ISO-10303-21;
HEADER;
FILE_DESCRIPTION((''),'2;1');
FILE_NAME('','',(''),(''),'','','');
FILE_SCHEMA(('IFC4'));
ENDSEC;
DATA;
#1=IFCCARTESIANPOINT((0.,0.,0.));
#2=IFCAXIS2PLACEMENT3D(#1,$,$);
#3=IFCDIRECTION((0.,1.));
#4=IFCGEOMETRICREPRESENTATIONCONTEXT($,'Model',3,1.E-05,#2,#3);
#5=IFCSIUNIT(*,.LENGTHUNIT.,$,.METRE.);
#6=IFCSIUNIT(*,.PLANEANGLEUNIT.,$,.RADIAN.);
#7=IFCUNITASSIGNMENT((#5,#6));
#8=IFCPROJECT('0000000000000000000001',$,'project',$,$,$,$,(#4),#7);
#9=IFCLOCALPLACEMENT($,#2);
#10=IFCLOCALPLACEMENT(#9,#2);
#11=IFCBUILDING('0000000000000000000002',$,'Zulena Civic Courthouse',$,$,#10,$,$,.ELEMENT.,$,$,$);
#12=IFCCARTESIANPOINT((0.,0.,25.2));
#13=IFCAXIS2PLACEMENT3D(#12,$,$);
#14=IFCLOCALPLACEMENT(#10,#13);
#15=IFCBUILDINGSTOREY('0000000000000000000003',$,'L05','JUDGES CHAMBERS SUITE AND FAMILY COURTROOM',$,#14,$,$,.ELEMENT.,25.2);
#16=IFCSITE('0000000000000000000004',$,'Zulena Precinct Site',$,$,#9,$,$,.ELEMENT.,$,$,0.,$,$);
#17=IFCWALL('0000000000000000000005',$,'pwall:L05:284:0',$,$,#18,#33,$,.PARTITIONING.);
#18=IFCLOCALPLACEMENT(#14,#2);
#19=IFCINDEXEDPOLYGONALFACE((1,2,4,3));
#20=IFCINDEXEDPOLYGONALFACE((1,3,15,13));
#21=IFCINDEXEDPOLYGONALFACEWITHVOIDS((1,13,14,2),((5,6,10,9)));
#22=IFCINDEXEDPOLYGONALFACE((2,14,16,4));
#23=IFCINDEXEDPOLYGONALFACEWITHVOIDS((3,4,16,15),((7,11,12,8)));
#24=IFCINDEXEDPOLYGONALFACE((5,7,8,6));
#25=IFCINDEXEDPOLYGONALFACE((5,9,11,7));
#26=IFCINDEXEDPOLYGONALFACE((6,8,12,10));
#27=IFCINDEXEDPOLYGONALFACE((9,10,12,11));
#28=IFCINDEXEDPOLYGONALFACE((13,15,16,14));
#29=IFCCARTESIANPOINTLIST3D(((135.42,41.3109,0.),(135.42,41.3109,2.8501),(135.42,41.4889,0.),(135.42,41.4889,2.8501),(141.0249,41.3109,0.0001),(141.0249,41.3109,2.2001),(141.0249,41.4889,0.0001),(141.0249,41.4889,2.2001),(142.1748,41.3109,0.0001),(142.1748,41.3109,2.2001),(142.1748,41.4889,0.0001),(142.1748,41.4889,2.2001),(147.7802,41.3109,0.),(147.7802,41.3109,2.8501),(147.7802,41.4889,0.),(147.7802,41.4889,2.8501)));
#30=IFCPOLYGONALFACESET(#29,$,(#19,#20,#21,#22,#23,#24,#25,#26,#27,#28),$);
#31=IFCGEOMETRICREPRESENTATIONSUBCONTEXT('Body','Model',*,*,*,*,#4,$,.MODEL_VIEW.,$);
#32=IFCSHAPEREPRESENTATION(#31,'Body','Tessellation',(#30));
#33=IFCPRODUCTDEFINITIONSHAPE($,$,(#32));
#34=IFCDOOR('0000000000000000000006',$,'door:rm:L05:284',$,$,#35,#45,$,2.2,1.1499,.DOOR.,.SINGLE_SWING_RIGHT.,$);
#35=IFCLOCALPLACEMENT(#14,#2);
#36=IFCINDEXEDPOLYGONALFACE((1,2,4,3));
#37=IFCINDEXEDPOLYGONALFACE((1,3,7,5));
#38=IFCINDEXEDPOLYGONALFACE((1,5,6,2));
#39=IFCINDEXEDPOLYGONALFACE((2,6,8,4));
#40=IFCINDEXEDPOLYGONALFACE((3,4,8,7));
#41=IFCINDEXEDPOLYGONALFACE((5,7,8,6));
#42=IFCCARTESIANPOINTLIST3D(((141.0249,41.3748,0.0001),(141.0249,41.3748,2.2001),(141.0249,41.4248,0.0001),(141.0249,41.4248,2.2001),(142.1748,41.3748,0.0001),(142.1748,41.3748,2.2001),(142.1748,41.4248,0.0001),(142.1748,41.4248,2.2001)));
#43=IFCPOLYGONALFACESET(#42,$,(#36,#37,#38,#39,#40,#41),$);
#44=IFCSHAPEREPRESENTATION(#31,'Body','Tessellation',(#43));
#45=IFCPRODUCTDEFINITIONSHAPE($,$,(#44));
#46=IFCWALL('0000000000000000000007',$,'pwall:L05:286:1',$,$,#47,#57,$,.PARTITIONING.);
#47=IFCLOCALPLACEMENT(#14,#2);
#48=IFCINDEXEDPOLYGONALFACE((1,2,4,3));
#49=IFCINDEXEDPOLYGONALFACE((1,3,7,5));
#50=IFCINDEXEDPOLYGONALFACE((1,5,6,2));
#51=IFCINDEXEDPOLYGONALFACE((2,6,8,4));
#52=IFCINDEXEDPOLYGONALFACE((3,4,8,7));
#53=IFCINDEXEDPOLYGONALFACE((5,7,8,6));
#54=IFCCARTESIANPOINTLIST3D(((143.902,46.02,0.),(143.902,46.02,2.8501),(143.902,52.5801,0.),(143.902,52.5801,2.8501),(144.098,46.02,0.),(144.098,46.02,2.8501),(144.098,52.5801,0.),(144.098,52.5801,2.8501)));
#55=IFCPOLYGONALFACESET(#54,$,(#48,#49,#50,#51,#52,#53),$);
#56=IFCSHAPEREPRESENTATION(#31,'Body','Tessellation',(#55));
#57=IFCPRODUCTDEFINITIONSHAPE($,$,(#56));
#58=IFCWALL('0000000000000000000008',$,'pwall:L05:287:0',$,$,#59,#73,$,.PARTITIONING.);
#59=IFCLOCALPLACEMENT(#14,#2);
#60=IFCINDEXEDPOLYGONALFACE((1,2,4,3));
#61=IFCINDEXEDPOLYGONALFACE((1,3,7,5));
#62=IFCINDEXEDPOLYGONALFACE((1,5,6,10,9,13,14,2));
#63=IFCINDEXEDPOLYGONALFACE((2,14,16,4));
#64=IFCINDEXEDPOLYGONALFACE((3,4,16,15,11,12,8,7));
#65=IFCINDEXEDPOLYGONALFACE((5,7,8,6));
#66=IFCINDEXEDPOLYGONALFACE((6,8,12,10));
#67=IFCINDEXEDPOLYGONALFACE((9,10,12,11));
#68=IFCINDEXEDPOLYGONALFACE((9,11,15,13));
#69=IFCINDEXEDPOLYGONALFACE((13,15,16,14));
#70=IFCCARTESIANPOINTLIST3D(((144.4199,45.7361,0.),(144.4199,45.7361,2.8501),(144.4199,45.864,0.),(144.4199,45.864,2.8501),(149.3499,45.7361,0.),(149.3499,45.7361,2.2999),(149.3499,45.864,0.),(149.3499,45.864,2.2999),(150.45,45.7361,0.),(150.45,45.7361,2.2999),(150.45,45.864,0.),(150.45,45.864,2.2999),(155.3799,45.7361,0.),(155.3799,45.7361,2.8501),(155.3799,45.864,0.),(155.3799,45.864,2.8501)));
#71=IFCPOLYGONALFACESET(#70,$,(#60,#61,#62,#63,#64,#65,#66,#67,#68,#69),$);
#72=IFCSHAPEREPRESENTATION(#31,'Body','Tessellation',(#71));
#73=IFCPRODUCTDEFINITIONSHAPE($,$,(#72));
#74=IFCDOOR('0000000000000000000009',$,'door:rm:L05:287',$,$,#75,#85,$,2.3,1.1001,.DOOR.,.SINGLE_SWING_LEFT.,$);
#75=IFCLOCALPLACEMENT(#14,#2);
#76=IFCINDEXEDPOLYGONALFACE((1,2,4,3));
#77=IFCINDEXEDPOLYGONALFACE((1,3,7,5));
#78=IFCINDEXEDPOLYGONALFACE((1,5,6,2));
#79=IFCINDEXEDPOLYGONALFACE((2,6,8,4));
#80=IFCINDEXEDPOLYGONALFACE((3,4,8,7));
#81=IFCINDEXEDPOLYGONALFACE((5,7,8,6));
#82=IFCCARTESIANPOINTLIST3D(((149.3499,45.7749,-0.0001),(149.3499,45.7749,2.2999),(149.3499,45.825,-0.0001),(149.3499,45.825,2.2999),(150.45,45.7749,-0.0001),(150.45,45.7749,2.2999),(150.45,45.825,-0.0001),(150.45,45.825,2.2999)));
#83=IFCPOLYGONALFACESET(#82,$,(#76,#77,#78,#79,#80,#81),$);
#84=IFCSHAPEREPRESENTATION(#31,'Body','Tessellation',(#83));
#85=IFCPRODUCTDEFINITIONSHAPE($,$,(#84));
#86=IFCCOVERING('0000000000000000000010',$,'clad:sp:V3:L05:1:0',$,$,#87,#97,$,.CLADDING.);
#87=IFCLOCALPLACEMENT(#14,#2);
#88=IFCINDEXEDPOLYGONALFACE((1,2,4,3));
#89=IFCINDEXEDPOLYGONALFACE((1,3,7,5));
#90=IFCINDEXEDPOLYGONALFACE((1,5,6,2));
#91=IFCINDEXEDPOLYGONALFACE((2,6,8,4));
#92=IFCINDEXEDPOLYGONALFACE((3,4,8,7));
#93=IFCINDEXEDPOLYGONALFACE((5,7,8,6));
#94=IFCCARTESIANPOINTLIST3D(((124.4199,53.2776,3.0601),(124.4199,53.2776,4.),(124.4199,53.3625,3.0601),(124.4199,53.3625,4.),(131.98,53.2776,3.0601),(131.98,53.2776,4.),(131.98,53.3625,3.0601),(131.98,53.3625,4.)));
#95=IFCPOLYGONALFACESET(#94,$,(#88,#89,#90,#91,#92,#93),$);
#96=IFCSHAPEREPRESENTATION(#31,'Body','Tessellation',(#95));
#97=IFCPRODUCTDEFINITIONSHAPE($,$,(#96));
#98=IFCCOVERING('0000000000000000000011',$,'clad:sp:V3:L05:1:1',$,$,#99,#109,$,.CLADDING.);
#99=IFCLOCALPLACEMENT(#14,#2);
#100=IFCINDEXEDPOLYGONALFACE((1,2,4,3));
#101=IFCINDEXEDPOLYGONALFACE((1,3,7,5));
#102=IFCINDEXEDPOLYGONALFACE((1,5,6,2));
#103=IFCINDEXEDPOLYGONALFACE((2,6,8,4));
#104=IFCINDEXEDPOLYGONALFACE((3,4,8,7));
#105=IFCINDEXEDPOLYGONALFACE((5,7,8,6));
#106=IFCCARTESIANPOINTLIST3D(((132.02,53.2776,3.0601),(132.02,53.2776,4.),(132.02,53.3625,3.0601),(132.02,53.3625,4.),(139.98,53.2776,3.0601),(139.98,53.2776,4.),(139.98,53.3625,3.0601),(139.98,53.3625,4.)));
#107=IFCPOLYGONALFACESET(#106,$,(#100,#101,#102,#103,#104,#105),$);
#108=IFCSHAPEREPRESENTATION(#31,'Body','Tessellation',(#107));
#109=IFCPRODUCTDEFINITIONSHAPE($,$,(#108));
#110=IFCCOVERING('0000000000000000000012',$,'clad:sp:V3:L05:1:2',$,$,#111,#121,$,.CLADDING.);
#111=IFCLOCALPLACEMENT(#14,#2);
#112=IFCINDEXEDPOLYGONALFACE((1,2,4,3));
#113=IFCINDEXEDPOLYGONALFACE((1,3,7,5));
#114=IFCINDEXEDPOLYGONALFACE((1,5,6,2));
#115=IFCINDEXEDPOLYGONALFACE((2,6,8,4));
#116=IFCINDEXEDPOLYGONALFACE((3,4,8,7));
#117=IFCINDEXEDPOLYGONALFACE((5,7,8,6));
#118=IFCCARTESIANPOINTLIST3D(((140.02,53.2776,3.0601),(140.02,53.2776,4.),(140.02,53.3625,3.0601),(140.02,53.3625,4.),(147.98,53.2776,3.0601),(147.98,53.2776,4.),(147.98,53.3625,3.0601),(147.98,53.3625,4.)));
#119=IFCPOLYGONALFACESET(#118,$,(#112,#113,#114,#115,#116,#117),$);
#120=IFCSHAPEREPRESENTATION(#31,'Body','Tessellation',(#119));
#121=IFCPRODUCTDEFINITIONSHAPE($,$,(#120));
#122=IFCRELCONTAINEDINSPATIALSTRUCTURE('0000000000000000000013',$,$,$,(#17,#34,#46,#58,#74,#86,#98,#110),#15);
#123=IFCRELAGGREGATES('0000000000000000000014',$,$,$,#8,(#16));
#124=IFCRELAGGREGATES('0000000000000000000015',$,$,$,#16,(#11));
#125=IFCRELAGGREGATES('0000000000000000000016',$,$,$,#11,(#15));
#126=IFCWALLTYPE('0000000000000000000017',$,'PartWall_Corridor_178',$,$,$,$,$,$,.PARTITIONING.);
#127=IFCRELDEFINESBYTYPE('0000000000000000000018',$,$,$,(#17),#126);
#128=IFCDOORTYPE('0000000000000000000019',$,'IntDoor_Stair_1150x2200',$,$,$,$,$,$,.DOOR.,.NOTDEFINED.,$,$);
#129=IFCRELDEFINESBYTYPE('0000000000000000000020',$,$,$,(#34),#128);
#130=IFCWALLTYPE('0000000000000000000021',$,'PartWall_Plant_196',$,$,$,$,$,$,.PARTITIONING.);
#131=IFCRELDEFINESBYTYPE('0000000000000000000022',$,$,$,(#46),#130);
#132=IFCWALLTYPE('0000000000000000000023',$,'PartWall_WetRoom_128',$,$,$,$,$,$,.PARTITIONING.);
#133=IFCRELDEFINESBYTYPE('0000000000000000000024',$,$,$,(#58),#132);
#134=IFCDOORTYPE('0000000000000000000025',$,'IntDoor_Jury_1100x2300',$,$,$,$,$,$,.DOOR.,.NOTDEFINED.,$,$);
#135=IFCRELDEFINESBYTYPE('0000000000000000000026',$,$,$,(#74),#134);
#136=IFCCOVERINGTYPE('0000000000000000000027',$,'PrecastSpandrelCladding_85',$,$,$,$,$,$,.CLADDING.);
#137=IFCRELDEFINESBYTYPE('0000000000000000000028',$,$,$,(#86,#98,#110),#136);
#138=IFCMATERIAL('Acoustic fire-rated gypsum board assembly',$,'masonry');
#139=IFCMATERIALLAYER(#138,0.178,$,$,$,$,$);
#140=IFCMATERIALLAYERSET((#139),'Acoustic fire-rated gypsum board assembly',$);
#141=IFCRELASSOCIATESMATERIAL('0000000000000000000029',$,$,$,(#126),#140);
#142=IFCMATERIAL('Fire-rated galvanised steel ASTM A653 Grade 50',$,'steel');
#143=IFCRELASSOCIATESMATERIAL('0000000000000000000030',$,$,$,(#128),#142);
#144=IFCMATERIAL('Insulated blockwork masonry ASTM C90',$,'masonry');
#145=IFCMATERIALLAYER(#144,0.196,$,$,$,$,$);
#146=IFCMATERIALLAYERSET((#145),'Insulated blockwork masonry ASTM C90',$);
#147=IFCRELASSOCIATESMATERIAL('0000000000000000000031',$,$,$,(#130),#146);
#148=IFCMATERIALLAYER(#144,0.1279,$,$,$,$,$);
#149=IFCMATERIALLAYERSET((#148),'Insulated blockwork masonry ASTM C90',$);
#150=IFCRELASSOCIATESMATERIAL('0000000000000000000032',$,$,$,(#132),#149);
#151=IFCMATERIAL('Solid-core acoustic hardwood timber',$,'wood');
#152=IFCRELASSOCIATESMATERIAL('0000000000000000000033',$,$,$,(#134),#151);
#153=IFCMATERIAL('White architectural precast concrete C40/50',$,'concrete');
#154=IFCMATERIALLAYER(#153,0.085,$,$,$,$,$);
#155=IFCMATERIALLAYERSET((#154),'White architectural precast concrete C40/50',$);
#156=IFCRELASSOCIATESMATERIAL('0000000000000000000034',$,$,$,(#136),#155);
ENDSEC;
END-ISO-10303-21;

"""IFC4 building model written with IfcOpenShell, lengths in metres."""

from ifc_helpers import new_model, si_unit, direction, frame, frame_2d, origin, origin_2d, place, context, subcontext, project, spatial, rectangle, extrude, material, layer, layer_set, type_object, element, fill, save


model = new_model("IFC4")

# Units and contexts
model_context = context("Model", 3, precision=1e-05, world=origin(), true_north=direction((0.0, 1.0)))
body_context = subcontext(model_context, "Body", "Model", "MODEL_VIEW")
ifc_project = project(units=[si_unit("LENGTHUNIT", "METRE"), si_unit("PLANEANGLEUNIT", "RADIAN")], contexts=[model_context])

# Site, building, storey
site_placement = place(None, origin())
site = spatial("IfcSite", under=ifc_project, at=site_placement, Name="Zulena Precinct Site", CompositionType="ELEMENT", RefElevation=0.0)
building_placement = place(site_placement, origin())
building = spatial("IfcBuilding", under=site, at=building_placement, Name="Zulena Civic Courthouse", CompositionType="ELEMENT")
storey_placement = place(building_placement, frame((0.0, 0.0, 25.2)))
storey = spatial("IfcBuildingStorey", under=building, at=storey_placement, Name="L05", Description="JUDGES CHAMBERS SUITE AND FAMILY COURTROOM", CompositionType="ELEMENT", Elevation=25.2)

# Wall, opening, door
ifc_material_1 = material(Name="Acoustic fire-rated gypsum board assembly", Category="masonry")
ifc_layer_1 = layer(ifc_material_1, 0.178)
ifc_layer_set_1 = layer_set([ifc_layer_1], Name="Acoustic fire-rated gypsum board assembly")
wall_type_1 = type_object("IfcWallType", Name="PartWall_Corridor_178", PredefinedType="PARTITIONING", material=ifc_layer_set_1)
wall_1_placement = place(storey_placement, frame((135.4199, 41.3999, 0.0), z_axis=(0.0, 0.0, 1.0), x_axis=(1.0, 0.0, 0.0)))
wall_1 = element("IfcWall", 1, at=wall_1_placement, inside=storey, type_object=wall_type_1, Name="pwall:L05:284:0", PredefinedType="PARTITIONING", context=body_context, shape_type="SweptSolid", body=[
    extrude(rectangle(XDim=12.3601, YDim=0.178, at=frame_2d((6.1802, 0.0))), origin(), (0.0, 0.0, 1.0), 2.8501),
])
opening_1_placement = place(wall_1_placement, frame((5.605, 0.0, 0.0)))
opening_1 = element("IfcOpeningElement", 2, at=opening_1_placement, cuts=wall_1, PredefinedType="OPENING", context=body_context, shape_type="SweptSolid", body=[
    extrude(rectangle(XDim=1.1499, YDim=2.2, at=frame_2d((0.575, 1.1001))), frame((0.0, 0.0989, 0.0), z_axis=(0.0, -1.0, 0.0), x_axis=(1.0, 0.0, 0.0)), (0.0, 0.0, 1.0), 0.198),
])
ifc_material_2 = material(Name="Fire-rated galvanised steel ASTM A653 Grade 50", Category="steel")
door_type_1 = type_object("IfcDoorType", Name="IntDoor_Stair_1150x2200", OperationType="NOTDEFINED", PredefinedType="DOOR", material=ifc_material_2)
door_1_placement = place(opening_1_placement, origin())
door_1 = element("IfcDoor", 3, at=door_1_placement, inside=storey, type_object=door_type_1, Name="door:rm:L05:284", OperationType="SINGLE_SWING_RIGHT", OverallHeight=2.2, OverallWidth=1.1499, PredefinedType="DOOR", context=body_context, shape_type="SweptSolid", body=[
    extrude(rectangle(XDim=1.1499, YDim=2.2, at=frame_2d((0.575, 1.1001))), frame((0.0, 0.0249, 0.0), z_axis=(0.0, -1.0, 0.0), x_axis=(1.0, 0.0, 0.0)), (0.0, 0.0, 1.0), 0.05),
])
fill(opening_1, door_1)

# Wall
ifc_material_3 = material(Name="Insulated blockwork masonry ASTM C90", Category="masonry")
ifc_layer_2 = layer(ifc_material_3, 0.196)
ifc_layer_set_2 = layer_set([ifc_layer_2], Name="Insulated blockwork masonry ASTM C90")
wall_type_2 = type_object("IfcWallType", Name="PartWall_Plant_196", PredefinedType="PARTITIONING", material=ifc_layer_set_2)
wall_2_placement = place(storey_placement, frame((144.0, 46.02, 0.0), z_axis=(0.0, 0.0, 1.0), x_axis=(0.0, 1.0, 0.0)))
element("IfcWall", 4, at=wall_2_placement, inside=storey, type_object=wall_type_2, Name="pwall:L05:286:1", PredefinedType="PARTITIONING", context=body_context, shape_type="SweptSolid", body=[
    extrude(rectangle(XDim=6.5601, YDim=0.196, at=frame_2d((3.28, 0.0))), origin(), (0.0, 0.0, 1.0), 2.8501),
])

# Wall, opening, door
ifc_layer_3 = layer(ifc_material_3, 0.1279)
ifc_layer_set_3 = layer_set([ifc_layer_3], Name="Insulated blockwork masonry ASTM C90")
wall_type_3 = type_object("IfcWallType", Name="PartWall_WetRoom_128", PredefinedType="PARTITIONING", material=ifc_layer_set_3)
wall_3_placement = place(storey_placement, frame((144.4199, 45.8, 0.0), z_axis=(0.0, 0.0, 1.0), x_axis=(1.0, 0.0, 0.0)))
wall_3 = element("IfcWall", 5, at=wall_3_placement, inside=storey, type_object=wall_type_3, Name="pwall:L05:287:0", PredefinedType="PARTITIONING", context=body_context, shape_type="SweptSolid", body=[
    extrude(rectangle(XDim=10.96, YDim=0.1279, at=frame_2d((5.48, 0.0))), origin(), (0.0, 0.0, 1.0), 2.8501),
])
opening_2_placement = place(wall_3_placement, frame((4.9299, 0.0, 0.0)))
opening_2 = element("IfcOpeningElement", 6, at=opening_2_placement, cuts=wall_3, PredefinedType="OPENING", context=body_context, shape_type="SweptSolid", body=[
    extrude(rectangle(XDim=1.1001, YDim=2.3, at=frame_2d((0.55, 1.1499))), frame((0.0, 0.074, 0.0), z_axis=(0.0, -1.0, 0.0), x_axis=(1.0, 0.0, 0.0)), (0.0, 0.0, 1.0), 0.1479),
])
ifc_material_4 = material(Name="Solid-core acoustic hardwood timber", Category="wood")
door_type_2 = type_object("IfcDoorType", Name="IntDoor_Jury_1100x2300", OperationType="NOTDEFINED", PredefinedType="DOOR", material=ifc_material_4)
door_2_placement = place(opening_2_placement, origin())
door_2 = element("IfcDoor", 7, at=door_2_placement, inside=storey, type_object=door_type_2, Name="door:rm:L05:287", OperationType="SINGLE_SWING_LEFT", OverallHeight=2.3, OverallWidth=1.1001, PredefinedType="DOOR", context=body_context, shape_type="SweptSolid", body=[
    extrude(rectangle(XDim=1.1001, YDim=2.3, at=frame_2d((0.55, 1.1499))), frame((0.0, 0.0249, 0.0), z_axis=(0.0, -1.0, 0.0), x_axis=(1.0, 0.0, 0.0)), (0.0, 0.0, 1.0), 0.05),
])
fill(opening_2, door_2)

# Coverings
ifc_material_5 = material(Name="White architectural precast concrete C40/50", Category="concrete")
ifc_layer_4 = layer(ifc_material_5, 0.085)
ifc_layer_set_4 = layer_set([ifc_layer_4], Name="White architectural precast concrete C40/50")
covering_type = type_object("IfcCoveringType", Name="PrecastSpandrelCladding_85", PredefinedType="CLADDING", material=ifc_layer_set_4)
covering_placement = place(storey_placement, frame((128.2, 53.3201, 3.0601), z_axis=(0.0, 0.0, 1.0), x_axis=(1.0, 0.0, 0.0)))
element("IfcCovering", 8, at=covering_placement, inside=storey, type_object=covering_type, Name="clad:sp:V3:L05:1:0", PredefinedType="CLADDING", context=body_context, shape_type="SweptSolid", body=[
    extrude(rectangle(XDim=7.5601, YDim=0.085, at=origin_2d()), origin(), (0.0, 0.0, 1.0), 0.9399),
])
for number, where, z_axis, x_axis, name in (
    (9, (136.0, 53.3201, 3.0601), (0.0, 0.0, 1.0), (1.0, 0.0, 0.0), "clad:sp:V3:L05:1:1"),
    (10, (144.0, 53.3201, 3.0601), (0.0, 0.0, 1.0), (1.0, 0.0, 0.0), "clad:sp:V3:L05:1:2"),
):
    element("IfcCovering", number, at=place(storey_placement, frame(where, z_axis=z_axis, x_axis=x_axis)), inside=storey, type_object=covering_type, Name=name, PredefinedType="CLADDING", context=body_context, shape_type="SweptSolid", body=[
        extrude(rectangle(XDim=7.96, YDim=0.085, at=origin_2d()), origin(), (0.0, 0.0, 1.0), 0.9399),
    ])

save(model, "model.ifc")
